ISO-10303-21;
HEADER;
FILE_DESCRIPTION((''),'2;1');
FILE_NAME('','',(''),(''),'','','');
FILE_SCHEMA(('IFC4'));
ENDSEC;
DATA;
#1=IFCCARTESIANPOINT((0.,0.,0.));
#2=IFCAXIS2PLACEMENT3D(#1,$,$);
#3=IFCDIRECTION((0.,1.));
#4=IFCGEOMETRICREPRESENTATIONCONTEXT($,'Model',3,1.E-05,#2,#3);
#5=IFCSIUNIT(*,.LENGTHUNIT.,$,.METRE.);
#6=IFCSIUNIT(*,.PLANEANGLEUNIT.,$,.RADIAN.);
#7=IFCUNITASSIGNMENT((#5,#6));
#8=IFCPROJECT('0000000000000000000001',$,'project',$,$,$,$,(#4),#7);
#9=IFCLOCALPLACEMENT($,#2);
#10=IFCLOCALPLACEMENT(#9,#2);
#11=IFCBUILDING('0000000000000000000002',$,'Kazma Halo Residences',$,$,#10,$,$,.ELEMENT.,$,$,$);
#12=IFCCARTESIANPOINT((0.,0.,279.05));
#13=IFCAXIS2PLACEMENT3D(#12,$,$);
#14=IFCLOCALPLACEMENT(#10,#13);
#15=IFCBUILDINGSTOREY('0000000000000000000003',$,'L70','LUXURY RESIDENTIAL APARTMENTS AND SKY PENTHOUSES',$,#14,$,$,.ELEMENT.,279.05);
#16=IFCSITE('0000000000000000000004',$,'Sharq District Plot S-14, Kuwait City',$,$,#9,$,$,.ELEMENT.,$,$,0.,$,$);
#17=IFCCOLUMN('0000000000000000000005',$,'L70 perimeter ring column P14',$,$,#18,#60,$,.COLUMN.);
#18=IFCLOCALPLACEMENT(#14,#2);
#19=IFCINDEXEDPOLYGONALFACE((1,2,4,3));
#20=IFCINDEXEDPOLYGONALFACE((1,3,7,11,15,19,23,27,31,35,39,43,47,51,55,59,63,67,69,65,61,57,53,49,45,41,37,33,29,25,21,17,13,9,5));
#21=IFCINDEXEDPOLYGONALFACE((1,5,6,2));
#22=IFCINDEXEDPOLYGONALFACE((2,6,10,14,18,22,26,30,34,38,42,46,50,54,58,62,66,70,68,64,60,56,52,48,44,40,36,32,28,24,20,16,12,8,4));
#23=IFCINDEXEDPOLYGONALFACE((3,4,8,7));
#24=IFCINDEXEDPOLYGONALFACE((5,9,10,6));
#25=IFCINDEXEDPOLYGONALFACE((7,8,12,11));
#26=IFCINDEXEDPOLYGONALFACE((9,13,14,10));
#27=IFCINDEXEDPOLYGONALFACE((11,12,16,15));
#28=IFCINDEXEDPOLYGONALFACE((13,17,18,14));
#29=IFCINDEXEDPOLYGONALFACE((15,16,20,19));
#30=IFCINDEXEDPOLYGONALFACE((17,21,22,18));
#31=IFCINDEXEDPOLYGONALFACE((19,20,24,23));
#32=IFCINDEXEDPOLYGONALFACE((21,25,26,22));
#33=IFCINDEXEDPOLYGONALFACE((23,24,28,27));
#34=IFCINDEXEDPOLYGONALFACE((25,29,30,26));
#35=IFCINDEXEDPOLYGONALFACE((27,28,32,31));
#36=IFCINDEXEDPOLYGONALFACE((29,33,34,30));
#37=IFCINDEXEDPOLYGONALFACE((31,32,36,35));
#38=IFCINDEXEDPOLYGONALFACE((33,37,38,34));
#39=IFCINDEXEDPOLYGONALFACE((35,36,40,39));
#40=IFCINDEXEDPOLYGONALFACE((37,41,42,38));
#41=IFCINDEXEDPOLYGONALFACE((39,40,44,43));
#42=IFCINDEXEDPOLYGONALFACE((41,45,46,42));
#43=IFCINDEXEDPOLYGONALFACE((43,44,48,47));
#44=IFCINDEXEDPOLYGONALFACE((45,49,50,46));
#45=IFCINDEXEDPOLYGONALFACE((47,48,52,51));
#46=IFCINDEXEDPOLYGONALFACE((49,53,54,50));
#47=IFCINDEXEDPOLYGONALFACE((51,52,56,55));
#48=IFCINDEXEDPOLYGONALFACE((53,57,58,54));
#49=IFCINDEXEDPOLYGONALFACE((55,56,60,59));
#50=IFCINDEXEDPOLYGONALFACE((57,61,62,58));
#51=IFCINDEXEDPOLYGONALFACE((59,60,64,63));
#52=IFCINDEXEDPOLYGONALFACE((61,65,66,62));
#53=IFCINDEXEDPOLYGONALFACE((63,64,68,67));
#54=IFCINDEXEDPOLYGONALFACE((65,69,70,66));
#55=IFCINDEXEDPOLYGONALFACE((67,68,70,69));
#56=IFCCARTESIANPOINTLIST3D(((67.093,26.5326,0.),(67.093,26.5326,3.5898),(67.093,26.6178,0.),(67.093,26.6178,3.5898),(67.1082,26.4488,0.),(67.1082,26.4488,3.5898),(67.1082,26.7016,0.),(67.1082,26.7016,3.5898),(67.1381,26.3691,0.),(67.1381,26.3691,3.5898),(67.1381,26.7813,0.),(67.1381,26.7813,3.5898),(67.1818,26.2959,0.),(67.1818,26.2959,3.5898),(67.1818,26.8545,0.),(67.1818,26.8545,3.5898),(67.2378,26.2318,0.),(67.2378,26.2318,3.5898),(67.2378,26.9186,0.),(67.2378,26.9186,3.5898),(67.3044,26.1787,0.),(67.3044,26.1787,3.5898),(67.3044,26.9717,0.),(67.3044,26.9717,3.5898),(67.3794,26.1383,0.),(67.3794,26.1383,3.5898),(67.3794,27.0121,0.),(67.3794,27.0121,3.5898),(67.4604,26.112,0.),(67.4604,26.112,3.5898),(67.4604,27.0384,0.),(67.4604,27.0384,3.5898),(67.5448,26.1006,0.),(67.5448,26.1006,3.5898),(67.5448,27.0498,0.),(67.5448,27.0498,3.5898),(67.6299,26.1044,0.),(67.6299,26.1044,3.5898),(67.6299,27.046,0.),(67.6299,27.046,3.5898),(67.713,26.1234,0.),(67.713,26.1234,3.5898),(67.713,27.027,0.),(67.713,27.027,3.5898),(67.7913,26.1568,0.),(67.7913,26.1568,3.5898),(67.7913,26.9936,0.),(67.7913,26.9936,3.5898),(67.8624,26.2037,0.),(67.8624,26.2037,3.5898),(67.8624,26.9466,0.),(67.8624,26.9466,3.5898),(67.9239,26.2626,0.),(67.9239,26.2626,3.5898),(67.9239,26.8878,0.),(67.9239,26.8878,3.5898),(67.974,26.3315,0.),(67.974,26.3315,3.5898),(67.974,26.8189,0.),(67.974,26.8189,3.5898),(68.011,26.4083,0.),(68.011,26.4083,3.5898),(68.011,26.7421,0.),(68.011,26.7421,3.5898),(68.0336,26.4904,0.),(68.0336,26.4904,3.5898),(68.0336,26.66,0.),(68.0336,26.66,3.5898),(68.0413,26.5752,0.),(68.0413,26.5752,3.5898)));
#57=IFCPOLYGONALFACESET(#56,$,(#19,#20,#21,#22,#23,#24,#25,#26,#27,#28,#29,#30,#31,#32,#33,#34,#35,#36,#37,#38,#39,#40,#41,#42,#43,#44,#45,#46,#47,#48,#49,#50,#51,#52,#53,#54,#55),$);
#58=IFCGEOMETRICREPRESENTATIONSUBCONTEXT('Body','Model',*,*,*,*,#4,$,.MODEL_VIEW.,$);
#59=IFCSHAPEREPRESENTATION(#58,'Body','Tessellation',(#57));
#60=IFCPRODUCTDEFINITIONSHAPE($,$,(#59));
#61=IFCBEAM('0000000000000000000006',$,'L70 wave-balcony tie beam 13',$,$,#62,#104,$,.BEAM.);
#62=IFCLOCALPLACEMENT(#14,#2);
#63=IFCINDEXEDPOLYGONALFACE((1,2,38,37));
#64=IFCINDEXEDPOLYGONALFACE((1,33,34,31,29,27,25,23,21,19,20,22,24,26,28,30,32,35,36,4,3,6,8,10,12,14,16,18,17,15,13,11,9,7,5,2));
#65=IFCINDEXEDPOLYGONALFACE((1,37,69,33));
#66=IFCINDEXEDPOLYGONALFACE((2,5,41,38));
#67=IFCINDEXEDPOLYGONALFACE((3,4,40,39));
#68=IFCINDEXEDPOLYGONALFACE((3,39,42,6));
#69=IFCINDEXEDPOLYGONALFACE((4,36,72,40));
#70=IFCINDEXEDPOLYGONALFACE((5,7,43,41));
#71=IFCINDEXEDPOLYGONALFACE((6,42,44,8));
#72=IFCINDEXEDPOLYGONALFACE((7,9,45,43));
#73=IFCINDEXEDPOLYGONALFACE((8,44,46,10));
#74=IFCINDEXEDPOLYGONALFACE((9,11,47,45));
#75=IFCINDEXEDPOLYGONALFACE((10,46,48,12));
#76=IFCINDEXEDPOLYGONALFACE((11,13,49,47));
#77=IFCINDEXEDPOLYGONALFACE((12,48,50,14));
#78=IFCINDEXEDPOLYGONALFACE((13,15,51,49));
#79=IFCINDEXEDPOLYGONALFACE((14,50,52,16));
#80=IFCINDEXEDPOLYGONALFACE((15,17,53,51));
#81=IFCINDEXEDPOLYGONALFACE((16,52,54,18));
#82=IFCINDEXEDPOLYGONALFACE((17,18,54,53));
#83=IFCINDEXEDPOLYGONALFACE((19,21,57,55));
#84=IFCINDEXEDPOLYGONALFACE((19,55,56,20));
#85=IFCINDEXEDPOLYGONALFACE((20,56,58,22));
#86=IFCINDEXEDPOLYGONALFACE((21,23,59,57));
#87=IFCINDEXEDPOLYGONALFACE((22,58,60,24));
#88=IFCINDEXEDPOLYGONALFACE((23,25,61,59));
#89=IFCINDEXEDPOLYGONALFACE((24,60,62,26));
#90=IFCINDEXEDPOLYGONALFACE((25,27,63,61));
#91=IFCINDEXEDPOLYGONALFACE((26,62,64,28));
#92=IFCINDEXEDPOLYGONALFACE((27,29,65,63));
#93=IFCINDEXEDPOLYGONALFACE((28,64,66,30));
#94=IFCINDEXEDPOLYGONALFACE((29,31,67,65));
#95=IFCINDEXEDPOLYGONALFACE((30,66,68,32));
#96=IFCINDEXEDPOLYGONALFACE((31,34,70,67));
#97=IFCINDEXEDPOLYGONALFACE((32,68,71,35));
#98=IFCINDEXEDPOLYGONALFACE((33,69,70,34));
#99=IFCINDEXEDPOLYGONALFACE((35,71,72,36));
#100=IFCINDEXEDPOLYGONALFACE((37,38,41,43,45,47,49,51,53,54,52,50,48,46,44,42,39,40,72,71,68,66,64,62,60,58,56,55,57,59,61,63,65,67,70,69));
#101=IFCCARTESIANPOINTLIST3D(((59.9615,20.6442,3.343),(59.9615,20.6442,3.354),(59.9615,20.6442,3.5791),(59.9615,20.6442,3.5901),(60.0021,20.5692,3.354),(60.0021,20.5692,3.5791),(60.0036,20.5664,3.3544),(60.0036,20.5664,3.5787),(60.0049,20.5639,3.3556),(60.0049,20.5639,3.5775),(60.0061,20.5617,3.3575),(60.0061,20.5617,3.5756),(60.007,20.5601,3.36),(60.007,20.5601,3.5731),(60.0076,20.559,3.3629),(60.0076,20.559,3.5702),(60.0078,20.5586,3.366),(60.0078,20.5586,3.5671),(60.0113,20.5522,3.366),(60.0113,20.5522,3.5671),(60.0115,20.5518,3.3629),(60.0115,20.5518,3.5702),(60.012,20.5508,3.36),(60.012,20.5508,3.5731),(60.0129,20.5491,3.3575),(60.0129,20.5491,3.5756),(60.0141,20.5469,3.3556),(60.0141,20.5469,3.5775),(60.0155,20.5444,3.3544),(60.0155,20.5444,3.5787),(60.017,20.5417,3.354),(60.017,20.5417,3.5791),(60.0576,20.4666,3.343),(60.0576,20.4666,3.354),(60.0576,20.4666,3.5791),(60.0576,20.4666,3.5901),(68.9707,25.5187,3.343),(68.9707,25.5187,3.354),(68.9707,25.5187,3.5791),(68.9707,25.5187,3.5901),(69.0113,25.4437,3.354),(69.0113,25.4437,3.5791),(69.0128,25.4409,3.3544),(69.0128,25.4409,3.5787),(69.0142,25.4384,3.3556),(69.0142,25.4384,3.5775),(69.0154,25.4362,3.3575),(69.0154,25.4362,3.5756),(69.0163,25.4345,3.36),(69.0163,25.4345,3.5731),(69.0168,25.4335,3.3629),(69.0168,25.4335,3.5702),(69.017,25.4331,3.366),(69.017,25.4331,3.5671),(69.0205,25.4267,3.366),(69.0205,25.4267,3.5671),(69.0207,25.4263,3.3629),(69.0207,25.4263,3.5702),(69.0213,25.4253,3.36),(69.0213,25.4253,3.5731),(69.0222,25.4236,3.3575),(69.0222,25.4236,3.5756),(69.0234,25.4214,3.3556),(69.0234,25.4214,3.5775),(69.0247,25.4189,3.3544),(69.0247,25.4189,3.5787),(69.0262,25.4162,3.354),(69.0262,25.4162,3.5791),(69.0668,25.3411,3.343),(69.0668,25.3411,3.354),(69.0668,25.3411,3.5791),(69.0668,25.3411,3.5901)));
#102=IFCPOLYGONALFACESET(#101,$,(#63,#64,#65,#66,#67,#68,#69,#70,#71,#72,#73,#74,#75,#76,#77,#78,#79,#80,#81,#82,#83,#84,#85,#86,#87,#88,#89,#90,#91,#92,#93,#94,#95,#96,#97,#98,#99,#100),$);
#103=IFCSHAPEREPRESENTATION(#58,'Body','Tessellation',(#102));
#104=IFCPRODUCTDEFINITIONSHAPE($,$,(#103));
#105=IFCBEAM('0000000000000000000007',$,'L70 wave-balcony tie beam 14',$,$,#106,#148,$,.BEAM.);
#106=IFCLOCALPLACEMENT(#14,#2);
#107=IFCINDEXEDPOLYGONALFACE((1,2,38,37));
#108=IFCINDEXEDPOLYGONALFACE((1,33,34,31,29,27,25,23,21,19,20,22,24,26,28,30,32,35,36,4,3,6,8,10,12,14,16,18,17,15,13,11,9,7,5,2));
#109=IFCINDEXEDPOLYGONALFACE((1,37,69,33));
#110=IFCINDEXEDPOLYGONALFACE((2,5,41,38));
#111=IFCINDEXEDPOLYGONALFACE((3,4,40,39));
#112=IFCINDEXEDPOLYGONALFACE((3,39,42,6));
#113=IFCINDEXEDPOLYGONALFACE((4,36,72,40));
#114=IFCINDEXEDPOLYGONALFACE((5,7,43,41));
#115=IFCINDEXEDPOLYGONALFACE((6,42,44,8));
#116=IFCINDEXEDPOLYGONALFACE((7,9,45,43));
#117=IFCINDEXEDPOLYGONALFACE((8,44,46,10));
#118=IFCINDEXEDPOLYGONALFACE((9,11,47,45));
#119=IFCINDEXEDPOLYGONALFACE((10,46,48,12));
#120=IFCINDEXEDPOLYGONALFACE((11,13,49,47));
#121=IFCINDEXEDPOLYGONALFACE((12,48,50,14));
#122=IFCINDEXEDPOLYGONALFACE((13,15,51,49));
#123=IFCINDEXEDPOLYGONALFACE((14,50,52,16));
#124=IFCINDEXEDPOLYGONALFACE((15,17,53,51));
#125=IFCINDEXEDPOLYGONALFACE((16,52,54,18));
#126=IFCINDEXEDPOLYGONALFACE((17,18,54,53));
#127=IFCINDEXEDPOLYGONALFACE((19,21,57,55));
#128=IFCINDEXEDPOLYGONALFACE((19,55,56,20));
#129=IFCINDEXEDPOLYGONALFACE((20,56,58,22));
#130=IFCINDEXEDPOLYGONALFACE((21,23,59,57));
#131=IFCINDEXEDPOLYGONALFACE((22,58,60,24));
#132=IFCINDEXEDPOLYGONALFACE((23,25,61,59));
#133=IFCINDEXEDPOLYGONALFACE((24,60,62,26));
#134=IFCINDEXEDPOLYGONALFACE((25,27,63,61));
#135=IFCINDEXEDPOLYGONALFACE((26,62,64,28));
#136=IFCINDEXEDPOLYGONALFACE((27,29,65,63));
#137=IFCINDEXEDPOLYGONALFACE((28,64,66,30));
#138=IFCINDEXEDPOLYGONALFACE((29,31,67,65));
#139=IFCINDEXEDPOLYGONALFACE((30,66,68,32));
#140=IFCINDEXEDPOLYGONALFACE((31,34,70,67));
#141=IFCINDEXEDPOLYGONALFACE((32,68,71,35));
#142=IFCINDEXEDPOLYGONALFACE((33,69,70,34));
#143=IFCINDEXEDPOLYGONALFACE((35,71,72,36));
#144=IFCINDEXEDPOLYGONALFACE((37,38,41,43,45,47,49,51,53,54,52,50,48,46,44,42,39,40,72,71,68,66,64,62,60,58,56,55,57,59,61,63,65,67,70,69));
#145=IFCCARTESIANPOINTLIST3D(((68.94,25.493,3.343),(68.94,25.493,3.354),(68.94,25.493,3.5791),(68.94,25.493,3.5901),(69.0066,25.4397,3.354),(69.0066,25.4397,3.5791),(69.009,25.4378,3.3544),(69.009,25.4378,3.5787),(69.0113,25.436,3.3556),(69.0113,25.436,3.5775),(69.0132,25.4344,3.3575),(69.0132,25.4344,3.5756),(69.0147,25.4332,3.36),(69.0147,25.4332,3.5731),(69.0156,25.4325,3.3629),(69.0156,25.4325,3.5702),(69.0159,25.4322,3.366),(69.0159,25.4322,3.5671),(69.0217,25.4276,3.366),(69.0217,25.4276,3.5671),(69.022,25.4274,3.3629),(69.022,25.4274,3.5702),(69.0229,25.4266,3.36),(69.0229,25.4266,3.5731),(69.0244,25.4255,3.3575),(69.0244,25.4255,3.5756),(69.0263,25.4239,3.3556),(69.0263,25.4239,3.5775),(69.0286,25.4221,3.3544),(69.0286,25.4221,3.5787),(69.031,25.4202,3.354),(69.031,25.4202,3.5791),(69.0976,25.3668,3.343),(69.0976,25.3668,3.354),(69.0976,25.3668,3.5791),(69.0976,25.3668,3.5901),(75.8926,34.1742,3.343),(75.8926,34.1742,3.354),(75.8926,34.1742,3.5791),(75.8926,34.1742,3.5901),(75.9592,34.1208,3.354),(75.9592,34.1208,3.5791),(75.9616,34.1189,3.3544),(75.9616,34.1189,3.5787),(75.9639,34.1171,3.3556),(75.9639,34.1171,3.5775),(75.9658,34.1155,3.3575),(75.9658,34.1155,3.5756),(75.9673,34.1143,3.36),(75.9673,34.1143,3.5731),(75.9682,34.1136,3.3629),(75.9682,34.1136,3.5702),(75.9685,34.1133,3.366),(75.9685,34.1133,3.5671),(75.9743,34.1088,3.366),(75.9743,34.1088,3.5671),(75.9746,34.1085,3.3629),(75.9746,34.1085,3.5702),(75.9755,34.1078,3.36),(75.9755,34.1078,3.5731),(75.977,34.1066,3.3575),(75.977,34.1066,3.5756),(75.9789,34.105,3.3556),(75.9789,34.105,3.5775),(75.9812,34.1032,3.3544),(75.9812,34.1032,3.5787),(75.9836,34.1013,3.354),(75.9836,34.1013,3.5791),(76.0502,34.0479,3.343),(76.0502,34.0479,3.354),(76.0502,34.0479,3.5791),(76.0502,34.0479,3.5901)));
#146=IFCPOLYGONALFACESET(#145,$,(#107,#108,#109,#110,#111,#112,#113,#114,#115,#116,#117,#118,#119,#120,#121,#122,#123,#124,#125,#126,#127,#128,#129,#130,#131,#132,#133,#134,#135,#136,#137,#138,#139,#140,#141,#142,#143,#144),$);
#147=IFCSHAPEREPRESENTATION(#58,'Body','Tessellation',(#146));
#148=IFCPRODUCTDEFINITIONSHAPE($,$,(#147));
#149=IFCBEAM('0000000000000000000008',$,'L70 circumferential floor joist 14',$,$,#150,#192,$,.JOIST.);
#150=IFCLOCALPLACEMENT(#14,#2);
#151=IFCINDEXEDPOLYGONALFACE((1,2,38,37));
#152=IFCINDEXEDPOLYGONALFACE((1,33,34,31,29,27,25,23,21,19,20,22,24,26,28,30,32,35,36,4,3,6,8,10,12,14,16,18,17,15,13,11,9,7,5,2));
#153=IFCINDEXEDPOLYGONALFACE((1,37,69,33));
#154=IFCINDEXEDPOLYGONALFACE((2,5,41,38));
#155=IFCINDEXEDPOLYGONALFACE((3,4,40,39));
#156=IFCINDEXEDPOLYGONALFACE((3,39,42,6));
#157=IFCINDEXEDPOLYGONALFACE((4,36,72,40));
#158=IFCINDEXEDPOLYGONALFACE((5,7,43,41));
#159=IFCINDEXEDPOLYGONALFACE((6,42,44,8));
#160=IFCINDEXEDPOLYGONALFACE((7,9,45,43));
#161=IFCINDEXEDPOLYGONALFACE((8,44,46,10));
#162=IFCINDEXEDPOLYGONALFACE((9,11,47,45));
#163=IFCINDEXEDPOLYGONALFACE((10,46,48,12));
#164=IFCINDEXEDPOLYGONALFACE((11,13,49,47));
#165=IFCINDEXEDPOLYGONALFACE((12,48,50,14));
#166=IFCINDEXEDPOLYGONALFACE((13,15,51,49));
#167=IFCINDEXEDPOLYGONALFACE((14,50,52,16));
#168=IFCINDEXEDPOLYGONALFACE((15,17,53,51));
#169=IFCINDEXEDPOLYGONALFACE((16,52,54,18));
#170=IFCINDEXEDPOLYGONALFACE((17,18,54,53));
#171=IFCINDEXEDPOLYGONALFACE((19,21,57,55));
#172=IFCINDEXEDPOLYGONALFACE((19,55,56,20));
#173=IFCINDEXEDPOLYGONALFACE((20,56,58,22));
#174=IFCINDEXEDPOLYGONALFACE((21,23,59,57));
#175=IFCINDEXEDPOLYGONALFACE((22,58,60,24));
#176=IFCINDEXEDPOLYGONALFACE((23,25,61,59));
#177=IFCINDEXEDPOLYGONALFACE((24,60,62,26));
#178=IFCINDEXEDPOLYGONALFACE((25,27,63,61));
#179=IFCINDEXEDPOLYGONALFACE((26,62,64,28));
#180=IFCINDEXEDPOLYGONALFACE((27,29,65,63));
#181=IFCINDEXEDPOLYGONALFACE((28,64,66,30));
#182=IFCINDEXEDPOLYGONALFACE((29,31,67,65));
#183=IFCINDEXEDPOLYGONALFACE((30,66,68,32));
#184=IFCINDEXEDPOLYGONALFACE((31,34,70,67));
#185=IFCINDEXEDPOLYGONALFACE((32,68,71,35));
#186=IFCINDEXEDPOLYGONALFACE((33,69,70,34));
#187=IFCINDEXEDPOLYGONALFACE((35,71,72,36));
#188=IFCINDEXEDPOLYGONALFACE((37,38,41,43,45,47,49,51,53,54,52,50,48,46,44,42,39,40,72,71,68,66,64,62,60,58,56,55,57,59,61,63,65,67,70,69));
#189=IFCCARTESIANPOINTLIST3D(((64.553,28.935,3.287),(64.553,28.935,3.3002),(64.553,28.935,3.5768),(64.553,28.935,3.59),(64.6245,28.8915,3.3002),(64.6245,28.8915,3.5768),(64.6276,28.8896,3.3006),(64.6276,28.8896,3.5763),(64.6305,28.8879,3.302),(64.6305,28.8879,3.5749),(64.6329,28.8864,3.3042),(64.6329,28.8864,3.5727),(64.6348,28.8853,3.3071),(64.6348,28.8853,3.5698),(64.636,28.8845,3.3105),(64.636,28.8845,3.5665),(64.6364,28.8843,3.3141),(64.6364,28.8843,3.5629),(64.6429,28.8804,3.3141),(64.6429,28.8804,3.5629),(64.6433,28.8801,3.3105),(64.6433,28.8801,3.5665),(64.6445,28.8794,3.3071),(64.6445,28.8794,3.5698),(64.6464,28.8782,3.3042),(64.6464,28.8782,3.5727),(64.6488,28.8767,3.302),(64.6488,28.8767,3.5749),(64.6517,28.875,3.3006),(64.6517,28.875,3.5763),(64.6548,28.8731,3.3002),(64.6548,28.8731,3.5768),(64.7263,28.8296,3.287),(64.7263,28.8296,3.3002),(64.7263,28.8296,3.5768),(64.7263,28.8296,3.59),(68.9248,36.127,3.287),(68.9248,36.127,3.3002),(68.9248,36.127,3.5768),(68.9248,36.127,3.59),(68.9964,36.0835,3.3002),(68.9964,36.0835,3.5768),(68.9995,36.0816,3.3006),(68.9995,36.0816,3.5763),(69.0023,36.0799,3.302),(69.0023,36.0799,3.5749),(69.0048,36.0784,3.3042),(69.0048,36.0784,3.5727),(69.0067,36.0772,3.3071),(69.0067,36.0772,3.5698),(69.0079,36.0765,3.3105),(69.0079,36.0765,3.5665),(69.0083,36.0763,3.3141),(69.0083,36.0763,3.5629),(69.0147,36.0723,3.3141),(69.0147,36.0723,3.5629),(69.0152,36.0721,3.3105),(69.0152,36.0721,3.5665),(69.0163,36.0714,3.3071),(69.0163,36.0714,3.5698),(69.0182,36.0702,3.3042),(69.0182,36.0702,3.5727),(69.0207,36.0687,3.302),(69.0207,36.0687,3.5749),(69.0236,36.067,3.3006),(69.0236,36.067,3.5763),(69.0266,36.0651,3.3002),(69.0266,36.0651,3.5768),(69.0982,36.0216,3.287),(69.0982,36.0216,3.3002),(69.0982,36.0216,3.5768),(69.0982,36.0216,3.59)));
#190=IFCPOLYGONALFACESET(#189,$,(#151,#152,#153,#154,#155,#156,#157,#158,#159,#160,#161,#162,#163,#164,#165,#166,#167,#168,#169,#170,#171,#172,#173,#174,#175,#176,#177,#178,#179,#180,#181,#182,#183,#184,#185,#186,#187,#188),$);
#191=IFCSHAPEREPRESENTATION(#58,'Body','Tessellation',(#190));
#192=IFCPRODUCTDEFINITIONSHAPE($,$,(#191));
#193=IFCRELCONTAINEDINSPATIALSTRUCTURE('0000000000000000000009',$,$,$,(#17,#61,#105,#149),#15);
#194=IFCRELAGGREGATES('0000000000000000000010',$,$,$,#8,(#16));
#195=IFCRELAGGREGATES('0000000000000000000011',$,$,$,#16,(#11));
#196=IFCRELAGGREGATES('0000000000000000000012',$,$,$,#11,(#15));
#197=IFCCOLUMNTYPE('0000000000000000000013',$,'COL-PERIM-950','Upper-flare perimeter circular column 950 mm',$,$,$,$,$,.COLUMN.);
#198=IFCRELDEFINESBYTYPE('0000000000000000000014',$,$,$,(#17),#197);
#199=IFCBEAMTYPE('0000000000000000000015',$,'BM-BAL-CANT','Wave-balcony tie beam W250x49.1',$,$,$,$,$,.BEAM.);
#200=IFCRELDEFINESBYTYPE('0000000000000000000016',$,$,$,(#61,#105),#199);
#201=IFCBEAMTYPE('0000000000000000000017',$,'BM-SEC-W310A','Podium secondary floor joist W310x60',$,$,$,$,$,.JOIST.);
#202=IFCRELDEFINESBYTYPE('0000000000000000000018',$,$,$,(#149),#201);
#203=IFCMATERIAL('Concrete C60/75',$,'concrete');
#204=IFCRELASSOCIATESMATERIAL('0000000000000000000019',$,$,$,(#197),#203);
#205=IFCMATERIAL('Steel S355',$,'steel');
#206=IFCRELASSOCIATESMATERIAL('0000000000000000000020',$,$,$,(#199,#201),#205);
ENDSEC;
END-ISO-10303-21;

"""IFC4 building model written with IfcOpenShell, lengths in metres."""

from ifc_helpers import new_model, si_unit, direction, frame, origin, origin_2d, place, context, subcontext, project, spatial, circle, i_section, extrude, material, material_profile, profile_set, type_object, element, save


model = new_model("IFC4")

# Units and contexts
model_context = context("Model", 3, precision=1e-05, world=origin(), true_north=direction((0.0, 1.0)))
body_context = subcontext(model_context, "Body", "Model", "MODEL_VIEW")
ifc_project = project(units=[si_unit("LENGTHUNIT", "METRE"), si_unit("PLANEANGLEUNIT", "RADIAN")], contexts=[model_context])

# Site, building, storey
site_placement = place(None, origin())
site = spatial("IfcSite", under=ifc_project, at=site_placement, Name="Sharq District Plot S-14, Kuwait City", CompositionType="ELEMENT", RefElevation=0.0)
building_placement = place(site_placement, origin())
building = spatial("IfcBuilding", under=site, at=building_placement, Name="Kazma Halo Residences", CompositionType="ELEMENT")
storey_placement = place(building_placement, frame((0.0, 0.0, 279.05)))
storey = spatial("IfcBuildingStorey", under=building, at=storey_placement, Name="L70", Description="LUXURY RESIDENTIAL APARTMENTS AND SKY PENTHOUSES", CompositionType="ELEMENT", Elevation=279.05)

# Column
ifc_material_1 = material(Name="Concrete C60/75", Category="concrete")
ifc_material_profile_1 = material_profile(ifc_material_1, circle(Radius=0.4751, at=origin_2d()), Name="CIRC950")
ifc_profile_set_1 = profile_set([ifc_material_profile_1], Name="Concrete C60/75")
column_type = type_object("IfcColumnType", Name="COL-PERIM-950", Description="Upper-flare perimeter circular column 950 mm", PredefinedType="COLUMN", material=ifc_profile_set_1)
column_placement = place(storey_placement, frame((67.5662, 26.5752, 0.0), z_axis=(0.0, 0.0, 1.0), x_axis=(1.0, 0.0, 0.0)))
element("IfcColumn", 1, at=column_placement, inside=storey, type_object=column_type, Name="L70 perimeter ring column P14", PredefinedType="COLUMN", context=body_context, shape_type="SweptSolid", body=[
    extrude(circle(Radius=0.4751, at=origin_2d()), origin(), (0.0, 0.0, 1.0), 3.5898),
])

# Beams
ifc_material_2 = material(Name="Steel S355", Category="steel")
ifc_material_profile_2 = material_profile(ifc_material_2, i_section(OverallWidth=0.2019, OverallDepth=0.2471, WebThickness=0.0073, FlangeThickness=0.011, FilletRadius=0.012, at=origin_2d()), Name="W250x49.1")
ifc_profile_set_2 = profile_set([ifc_material_profile_2], Name="Steel S355")
beam_type_1 = type_object("IfcBeamType", Name="BM-BAL-CANT", Description="Wave-balcony tie beam W250x49.1", PredefinedType="BEAM", material=ifc_profile_set_2)
beam_1_placement = place(storey_placement, frame((60.0095, 20.5554, 3.4666), z_axis=(0.879517, 0.475867, 0.0), x_axis=(-0.475867, 0.879517, 0.0)))
element("IfcBeam", 2, at=beam_1_placement, inside=storey, type_object=beam_type_1, Name="L70 wave-balcony tie beam 13", PredefinedType="BEAM", context=body_context, shape_type="SweptSolid", body=[
    extrude(i_section(OverallWidth=0.2019, OverallDepth=0.2471, WebThickness=0.0073, FlangeThickness=0.011, FilletRadius=0.012, at=origin_2d()), origin(), (0.0, 0.0, 1.0), 10.2434),
])
beam_2_placement = place(storey_placement, frame((69.0188, 25.4299, 3.4666), z_axis=(0.625118, 0.78053, 0.0), x_axis=(-0.78053, 0.625118, 0.0)))
element("IfcBeam", 3, at=beam_2_placement, inside=storey, type_object=beam_type_1, Name="L70 wave-balcony tie beam 14", PredefinedType="BEAM", context=body_context, shape_type="SweptSolid", body=[
    extrude(i_section(OverallWidth=0.2019, OverallDepth=0.2471, WebThickness=0.0073, FlangeThickness=0.011, FilletRadius=0.012, at=origin_2d()), origin(), (0.0, 0.0, 1.0), 11.1221),
])
ifc_material_profile_3 = material_profile(ifc_material_2, i_section(OverallWidth=0.2029, OverallDepth=0.303, WebThickness=0.0076, FlangeThickness=0.0132, FilletRadius=0.0139, at=origin_2d()), Name="W310x60")
ifc_profile_set_3 = profile_set([ifc_material_profile_3], Name="Steel S355")
beam_type_2 = type_object("IfcBeamType", Name="BM-SEC-W310A", Description="Podium secondary floor joist W310x60", PredefinedType="JOIST", material=ifc_profile_set_3)
beam_3_placement = place(storey_placement, frame((64.6396, 28.8823, 3.4385), z_axis=(0.51944, 0.854507, 0.0), x_axis=(-0.854507, 0.51944, 0.0)))
element("IfcBeam", 4, at=beam_3_placement, inside=storey, type_object=beam_type_2, Name="L70 circumferential floor joist 14", PredefinedType="JOIST", context=body_context, shape_type="SweptSolid", body=[
    extrude(i_section(OverallWidth=0.2029, OverallDepth=0.303, WebThickness=0.0076, FlangeThickness=0.0132, FilletRadius=0.0139, at=origin_2d()), origin(), (0.0, 0.0, 1.0), 8.4165),
])

save(model, "model.ifc")
